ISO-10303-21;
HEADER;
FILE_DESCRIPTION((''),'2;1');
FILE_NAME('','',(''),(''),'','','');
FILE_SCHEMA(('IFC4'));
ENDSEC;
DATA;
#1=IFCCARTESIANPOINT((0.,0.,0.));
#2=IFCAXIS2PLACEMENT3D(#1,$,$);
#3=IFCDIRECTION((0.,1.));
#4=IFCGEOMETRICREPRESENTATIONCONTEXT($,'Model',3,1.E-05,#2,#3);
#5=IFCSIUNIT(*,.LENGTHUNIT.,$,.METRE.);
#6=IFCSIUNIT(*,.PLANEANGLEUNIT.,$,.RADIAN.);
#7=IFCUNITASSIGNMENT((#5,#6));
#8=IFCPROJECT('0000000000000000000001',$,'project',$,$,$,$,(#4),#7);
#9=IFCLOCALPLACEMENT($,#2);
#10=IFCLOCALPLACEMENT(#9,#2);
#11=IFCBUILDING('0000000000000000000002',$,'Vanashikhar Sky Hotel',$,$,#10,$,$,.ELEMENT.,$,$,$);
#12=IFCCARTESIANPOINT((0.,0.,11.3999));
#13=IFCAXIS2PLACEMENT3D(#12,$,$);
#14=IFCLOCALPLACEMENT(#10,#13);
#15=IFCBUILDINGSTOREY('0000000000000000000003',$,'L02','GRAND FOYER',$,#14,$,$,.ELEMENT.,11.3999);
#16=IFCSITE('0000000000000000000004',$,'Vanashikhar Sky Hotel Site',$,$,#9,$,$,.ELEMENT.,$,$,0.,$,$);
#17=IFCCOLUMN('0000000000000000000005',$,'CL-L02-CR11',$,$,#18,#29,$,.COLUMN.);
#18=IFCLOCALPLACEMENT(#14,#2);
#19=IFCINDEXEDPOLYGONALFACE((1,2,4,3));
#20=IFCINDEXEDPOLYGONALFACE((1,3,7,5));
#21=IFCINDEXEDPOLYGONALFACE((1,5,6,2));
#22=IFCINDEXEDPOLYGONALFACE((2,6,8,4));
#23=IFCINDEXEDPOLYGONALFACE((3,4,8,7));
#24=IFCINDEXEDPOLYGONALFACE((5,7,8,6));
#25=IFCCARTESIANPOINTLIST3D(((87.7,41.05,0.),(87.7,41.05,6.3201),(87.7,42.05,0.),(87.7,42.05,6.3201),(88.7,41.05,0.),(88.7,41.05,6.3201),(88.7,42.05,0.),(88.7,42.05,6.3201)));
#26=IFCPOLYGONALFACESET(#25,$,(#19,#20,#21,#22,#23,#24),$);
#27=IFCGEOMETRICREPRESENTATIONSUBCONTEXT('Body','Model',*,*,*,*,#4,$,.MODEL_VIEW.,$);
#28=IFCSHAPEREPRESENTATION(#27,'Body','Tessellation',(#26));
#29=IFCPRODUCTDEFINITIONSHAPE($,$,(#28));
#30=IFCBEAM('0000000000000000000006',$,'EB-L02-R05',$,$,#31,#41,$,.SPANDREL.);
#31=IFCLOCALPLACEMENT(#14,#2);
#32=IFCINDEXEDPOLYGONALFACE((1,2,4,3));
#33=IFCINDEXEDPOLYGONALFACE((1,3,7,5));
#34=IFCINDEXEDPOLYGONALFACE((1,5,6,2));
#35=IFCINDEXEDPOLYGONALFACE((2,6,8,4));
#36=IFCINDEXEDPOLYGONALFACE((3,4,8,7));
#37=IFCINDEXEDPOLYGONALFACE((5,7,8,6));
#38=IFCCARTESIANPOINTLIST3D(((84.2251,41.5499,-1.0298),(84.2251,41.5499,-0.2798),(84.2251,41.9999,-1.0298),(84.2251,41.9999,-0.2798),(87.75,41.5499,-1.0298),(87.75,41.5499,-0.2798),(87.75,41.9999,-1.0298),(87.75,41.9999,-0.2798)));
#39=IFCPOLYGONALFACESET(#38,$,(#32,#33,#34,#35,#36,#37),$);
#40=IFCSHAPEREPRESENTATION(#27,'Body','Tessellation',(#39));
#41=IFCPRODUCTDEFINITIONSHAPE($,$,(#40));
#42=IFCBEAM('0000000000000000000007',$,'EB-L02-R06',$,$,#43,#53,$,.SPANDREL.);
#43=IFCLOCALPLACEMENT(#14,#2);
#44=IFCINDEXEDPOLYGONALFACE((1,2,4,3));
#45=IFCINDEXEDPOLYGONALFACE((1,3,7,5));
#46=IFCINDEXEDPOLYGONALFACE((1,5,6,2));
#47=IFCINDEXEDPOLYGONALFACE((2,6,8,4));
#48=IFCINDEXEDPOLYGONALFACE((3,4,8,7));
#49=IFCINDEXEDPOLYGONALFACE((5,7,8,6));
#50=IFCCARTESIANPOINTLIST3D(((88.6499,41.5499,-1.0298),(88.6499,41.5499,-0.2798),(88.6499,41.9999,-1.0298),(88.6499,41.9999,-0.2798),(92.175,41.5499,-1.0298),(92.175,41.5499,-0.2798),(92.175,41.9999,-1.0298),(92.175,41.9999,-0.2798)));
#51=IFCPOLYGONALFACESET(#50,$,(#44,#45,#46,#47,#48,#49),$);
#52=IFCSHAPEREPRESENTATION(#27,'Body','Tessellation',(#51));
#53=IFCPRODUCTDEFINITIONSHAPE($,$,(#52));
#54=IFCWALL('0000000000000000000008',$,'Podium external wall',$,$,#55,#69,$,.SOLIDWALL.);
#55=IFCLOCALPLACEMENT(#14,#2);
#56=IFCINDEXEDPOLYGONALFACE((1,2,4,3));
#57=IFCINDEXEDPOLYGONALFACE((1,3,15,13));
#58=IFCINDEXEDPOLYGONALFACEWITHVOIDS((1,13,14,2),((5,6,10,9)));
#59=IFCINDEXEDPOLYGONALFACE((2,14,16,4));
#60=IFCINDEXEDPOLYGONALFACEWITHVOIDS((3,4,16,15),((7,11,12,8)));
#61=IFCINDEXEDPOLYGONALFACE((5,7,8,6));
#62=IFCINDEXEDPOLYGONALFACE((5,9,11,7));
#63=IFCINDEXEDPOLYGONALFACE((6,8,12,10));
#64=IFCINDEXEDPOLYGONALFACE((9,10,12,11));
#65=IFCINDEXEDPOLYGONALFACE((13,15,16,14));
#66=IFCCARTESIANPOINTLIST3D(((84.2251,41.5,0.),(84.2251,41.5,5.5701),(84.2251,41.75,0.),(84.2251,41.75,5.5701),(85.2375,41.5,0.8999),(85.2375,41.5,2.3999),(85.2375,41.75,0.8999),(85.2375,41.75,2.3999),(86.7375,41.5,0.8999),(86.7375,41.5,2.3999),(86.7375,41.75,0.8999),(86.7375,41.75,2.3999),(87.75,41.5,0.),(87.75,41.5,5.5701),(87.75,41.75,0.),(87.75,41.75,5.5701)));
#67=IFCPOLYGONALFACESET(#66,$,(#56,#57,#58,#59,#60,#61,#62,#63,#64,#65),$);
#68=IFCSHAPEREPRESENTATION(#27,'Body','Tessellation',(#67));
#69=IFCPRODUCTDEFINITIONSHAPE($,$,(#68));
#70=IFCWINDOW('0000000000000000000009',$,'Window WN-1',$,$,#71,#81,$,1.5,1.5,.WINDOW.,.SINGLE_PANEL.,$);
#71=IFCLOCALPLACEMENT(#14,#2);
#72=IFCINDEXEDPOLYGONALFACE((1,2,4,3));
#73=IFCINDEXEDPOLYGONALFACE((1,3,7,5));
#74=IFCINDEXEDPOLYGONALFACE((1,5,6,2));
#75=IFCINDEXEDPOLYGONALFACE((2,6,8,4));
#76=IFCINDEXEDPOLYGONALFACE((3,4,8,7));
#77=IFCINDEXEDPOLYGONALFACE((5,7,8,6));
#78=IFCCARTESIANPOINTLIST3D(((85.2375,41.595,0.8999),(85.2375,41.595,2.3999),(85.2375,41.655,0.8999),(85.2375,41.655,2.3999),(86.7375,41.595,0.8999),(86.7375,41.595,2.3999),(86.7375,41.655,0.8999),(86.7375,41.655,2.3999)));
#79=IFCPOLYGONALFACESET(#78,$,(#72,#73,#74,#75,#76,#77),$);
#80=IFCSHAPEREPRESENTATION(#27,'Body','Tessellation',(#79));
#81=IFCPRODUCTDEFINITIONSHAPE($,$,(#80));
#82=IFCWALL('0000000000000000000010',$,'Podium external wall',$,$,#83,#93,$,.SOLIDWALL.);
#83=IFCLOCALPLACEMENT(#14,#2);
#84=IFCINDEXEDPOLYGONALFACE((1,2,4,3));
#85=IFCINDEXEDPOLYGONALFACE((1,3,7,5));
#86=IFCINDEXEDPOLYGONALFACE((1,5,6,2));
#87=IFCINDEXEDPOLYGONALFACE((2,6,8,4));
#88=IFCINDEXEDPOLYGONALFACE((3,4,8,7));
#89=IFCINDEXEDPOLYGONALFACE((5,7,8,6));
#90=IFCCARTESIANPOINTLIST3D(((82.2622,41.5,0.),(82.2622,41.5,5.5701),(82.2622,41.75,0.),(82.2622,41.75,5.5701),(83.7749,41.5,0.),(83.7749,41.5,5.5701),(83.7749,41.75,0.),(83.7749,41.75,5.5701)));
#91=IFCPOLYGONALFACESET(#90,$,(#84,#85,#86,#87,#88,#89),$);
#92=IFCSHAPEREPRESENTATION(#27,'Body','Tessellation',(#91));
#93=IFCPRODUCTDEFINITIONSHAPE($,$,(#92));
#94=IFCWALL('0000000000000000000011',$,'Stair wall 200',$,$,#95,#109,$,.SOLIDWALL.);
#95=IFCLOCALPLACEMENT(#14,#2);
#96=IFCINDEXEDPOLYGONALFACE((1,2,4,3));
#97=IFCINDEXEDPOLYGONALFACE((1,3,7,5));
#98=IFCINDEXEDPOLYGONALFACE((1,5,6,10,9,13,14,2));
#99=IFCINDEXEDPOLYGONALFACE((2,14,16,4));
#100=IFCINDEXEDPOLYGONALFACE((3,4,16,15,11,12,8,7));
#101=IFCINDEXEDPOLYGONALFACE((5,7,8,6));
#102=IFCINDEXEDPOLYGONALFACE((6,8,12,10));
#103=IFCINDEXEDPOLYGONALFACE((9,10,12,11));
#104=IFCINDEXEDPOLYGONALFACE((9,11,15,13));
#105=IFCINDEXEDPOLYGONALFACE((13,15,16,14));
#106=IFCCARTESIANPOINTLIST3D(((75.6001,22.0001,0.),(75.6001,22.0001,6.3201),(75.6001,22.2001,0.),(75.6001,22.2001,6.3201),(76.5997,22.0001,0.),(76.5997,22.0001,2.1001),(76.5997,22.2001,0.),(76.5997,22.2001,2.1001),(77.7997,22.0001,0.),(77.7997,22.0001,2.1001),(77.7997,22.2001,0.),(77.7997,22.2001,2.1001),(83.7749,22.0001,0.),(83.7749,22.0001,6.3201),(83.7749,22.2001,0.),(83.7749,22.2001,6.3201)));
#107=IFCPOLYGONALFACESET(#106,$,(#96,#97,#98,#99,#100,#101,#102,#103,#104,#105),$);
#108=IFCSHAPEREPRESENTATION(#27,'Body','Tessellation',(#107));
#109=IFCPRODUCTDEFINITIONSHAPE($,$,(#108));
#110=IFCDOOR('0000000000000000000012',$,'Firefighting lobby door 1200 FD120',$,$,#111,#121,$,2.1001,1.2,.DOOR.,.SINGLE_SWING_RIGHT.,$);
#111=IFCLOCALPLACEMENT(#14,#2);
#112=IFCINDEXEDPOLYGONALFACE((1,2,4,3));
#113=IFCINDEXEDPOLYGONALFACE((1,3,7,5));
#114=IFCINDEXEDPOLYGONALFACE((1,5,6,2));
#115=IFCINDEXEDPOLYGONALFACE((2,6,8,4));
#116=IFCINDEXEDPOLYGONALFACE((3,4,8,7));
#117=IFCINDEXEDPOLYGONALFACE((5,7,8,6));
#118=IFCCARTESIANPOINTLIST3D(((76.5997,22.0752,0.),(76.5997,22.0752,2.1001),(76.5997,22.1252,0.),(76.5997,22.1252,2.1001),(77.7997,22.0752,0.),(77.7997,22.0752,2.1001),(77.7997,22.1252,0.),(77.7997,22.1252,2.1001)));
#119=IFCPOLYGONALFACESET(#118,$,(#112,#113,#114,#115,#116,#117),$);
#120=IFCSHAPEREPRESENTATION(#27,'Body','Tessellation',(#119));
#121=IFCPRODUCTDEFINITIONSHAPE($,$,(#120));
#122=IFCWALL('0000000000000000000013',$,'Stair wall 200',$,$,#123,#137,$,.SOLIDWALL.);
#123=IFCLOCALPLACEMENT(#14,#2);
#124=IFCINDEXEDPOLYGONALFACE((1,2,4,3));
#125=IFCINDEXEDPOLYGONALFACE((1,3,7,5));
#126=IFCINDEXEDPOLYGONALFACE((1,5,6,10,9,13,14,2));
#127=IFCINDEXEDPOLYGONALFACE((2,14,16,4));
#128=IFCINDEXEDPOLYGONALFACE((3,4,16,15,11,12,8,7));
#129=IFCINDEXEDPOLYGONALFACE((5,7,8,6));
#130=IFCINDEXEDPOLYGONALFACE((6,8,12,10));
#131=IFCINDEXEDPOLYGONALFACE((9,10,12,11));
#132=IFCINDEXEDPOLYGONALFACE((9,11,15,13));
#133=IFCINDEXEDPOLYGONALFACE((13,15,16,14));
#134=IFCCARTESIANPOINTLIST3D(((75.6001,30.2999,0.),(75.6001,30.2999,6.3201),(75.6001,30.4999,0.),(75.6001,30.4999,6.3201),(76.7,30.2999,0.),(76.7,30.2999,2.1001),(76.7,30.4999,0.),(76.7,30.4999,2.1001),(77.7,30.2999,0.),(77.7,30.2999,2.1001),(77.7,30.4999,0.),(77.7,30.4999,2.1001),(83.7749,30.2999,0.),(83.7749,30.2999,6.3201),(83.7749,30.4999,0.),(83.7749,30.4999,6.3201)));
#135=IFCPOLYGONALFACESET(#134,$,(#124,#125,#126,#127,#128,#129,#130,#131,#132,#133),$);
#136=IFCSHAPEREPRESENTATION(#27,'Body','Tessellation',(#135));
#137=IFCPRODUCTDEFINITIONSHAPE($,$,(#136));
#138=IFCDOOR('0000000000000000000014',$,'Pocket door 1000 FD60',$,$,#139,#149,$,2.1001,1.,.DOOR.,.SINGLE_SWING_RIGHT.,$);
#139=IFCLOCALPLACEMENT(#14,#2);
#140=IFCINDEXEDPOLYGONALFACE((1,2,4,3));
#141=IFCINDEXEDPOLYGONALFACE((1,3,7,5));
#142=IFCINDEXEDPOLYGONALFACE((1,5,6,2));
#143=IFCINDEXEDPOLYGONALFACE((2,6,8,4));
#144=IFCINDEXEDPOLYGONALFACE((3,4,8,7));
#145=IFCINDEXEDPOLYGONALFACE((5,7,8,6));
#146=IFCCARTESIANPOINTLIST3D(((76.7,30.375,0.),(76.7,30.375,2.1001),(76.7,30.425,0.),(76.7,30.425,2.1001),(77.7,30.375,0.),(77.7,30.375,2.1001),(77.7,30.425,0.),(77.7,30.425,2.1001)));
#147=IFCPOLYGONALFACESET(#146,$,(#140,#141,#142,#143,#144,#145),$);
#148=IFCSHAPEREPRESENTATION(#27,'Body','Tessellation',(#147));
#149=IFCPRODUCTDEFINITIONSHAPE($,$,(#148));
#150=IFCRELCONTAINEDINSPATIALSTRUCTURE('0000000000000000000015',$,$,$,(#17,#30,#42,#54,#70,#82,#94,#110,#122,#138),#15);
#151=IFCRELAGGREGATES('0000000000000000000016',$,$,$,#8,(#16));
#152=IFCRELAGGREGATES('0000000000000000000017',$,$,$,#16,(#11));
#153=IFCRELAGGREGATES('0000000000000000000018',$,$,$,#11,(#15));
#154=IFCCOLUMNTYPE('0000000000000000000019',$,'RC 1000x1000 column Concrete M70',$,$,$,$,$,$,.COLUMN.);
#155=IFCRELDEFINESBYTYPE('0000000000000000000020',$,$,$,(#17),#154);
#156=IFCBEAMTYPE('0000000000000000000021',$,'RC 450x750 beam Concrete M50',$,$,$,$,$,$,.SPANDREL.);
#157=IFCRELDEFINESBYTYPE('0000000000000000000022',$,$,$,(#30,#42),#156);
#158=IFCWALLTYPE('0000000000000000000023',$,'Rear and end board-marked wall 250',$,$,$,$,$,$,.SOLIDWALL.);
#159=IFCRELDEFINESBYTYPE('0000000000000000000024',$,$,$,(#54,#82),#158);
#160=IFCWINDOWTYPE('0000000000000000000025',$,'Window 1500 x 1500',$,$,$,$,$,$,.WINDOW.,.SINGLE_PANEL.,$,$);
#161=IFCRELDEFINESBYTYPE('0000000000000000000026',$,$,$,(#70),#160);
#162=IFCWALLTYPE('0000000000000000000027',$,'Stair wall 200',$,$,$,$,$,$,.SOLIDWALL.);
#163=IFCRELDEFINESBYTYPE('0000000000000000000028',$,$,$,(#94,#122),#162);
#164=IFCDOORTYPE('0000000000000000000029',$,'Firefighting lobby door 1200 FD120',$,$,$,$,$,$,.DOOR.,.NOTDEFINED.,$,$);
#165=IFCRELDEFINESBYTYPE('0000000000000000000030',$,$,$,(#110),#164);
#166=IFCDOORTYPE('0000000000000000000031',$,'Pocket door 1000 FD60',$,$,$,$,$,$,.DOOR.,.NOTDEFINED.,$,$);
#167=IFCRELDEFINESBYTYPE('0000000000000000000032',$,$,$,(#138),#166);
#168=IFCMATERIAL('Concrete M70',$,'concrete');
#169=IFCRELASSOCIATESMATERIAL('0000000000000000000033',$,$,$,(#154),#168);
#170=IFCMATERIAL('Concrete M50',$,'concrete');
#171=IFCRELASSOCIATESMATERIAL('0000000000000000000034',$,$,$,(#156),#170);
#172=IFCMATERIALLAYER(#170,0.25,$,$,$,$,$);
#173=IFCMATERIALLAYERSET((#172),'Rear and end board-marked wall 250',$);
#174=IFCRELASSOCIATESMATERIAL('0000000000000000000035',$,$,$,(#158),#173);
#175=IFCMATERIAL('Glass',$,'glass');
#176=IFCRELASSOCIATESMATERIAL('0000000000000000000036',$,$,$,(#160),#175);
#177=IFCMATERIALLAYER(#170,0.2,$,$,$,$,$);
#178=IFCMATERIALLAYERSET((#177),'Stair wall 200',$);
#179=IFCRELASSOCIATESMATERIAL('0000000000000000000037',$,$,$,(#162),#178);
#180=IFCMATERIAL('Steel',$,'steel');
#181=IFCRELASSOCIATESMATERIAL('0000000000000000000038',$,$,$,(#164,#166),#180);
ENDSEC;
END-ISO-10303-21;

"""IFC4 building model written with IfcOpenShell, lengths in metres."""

from ifc_helpers import new_model, si_unit, direction, frame, frame_2d, origin, origin_2d, place, context, subcontext, project, spatial, rectangle, extrude, source, transform, mapped, material, layer, layer_set, material_profile, profile_set, type_object, element, fill, save


model = new_model("IFC4")

# Units and contexts
model_context = context("Model", 3, precision=1e-05, world=origin(), true_north=direction((0.0, 1.0)))
body_context = subcontext(model_context, "Body", "Model", "MODEL_VIEW")
ifc_project = project(units=[si_unit("LENGTHUNIT", "METRE"), si_unit("PLANEANGLEUNIT", "RADIAN")], contexts=[model_context])

# Site, building, storey
site_placement = place(None, origin())
site = spatial("IfcSite", under=ifc_project, at=site_placement, Name="Vanashikhar Sky Hotel Site", CompositionType="ELEMENT", RefElevation=0.0)
building_placement = place(site_placement, origin())
building = spatial("IfcBuilding", under=site, at=building_placement, Name="Vanashikhar Sky Hotel", CompositionType="ELEMENT")
storey_placement = place(building_placement, frame((0.0, 0.0, 11.3999)))
storey = spatial("IfcBuildingStorey", under=building, at=storey_placement, Name="L02", Description="GRAND FOYER", CompositionType="ELEMENT", Elevation=11.3999)

# Column
ifc_material_1 = material(Name="Concrete M70", Category="concrete")
ifc_material_profile_1 = material_profile(ifc_material_1, rectangle(XDim=1.0, YDim=1.0, at=origin_2d()))
ifc_profile_set_1 = profile_set([ifc_material_profile_1], Name="RC 1000x1000 column Concrete M70")
column_type = type_object("IfcColumnType", Name="RC 1000x1000 column Concrete M70", PredefinedType="COLUMN", material=ifc_profile_set_1)
shared_shape_1 = source(origin(), body_context, "Body", "SweptSolid", [
    extrude(rectangle(XDim=1.0, YDim=1.0, at=origin_2d()), origin(), (0.0, 0.0, 1.0), 6.3201),
])
column_placement = place(storey_placement, frame((88.2, 41.55, 0.0), z_axis=(0.0, 0.0, 1.0), x_axis=(1.0, 0.0, 0.0)))
element("IfcColumn", 1, at=column_placement, inside=storey, type_object=column_type, Name="CL-L02-CR11", PredefinedType="COLUMN", context=body_context, shape_type="MappedRepresentation", body=[
    mapped(shared_shape_1, transform((0.0, 0.0, 0.0), scale=1.0)),
])

# Beams
ifc_material_2 = material(Name="Concrete M50", Category="concrete")
ifc_material_profile_2 = material_profile(ifc_material_2, rectangle(XDim=0.45, YDim=0.75, at=origin_2d()))
ifc_profile_set_2 = profile_set([ifc_material_profile_2], Name="RC 450x750 beam Concrete M50")
beam_type = type_object("IfcBeamType", Name="RC 450x750 beam Concrete M50", PredefinedType="SPANDREL", material=ifc_profile_set_2)
shared_shape_2 = source(origin(), body_context, "Body", "SweptSolid", [
    extrude(rectangle(XDim=0.45, YDim=0.75, at=origin_2d()), origin(), (0.0, 0.0, 1.0), 3.5249),
])
beam_1_placement = place(storey_placement, frame((84.2251, 41.7749, -0.6548), z_axis=(1.0, 0.0, 0.0), x_axis=(0.0, 1.0, 0.0)))
element("IfcBeam", 2, at=beam_1_placement, inside=storey, type_object=beam_type, Name="EB-L02-R05", PredefinedType="SPANDREL", context=body_context, shape_type="MappedRepresentation", body=[
    mapped(shared_shape_2, transform((0.0, 0.0, 0.0), scale=1.0)),
])
shared_shape_3 = source(origin(), body_context, "Body", "SweptSolid", [
    extrude(rectangle(XDim=0.45, YDim=0.75, at=origin_2d()), origin(), (0.0, 0.0, 1.0), 3.5251),
])
beam_2_placement = place(storey_placement, frame((88.6499, 41.7749, -0.6548), z_axis=(1.0, 0.0, 0.0), x_axis=(0.0, 1.0, 0.0)))
element("IfcBeam", 3, at=beam_2_placement, inside=storey, type_object=beam_type, Name="EB-L02-R06", PredefinedType="SPANDREL", context=body_context, shape_type="MappedRepresentation", body=[
    mapped(shared_shape_3, transform((0.0, 0.0, 0.0), scale=1.0)),
])

# Wall, opening, window
ifc_layer_1 = layer(ifc_material_2, 0.25)
ifc_layer_set_1 = layer_set([ifc_layer_1], Name="Rear and end board-marked wall 250")
wall_type_1 = type_object("IfcWallType", Name="Rear and end board-marked wall 250", PredefinedType="SOLIDWALL", material=ifc_layer_set_1)
shared_shape_4 = source(origin(), body_context, "Body", "SweptSolid", [
    extrude(rectangle(XDim=3.5249, YDim=0.25, at=frame_2d((1.7625, 0.0))), origin(), (0.0, 0.0, 1.0), 5.5701),
])
wall_1_placement = place(storey_placement, frame((87.75, 41.625, 0.0), z_axis=(0.0, 0.0, 1.0), x_axis=(-1.0, 0.0, 0.0)))
wall_1 = element("IfcWall", 4, at=wall_1_placement, inside=storey, type_object=wall_type_1, Name="Podium external wall", PredefinedType="SOLIDWALL", context=body_context, shape_type="MappedRepresentation", body=[
    mapped(shared_shape_4, transform((0.0, 0.0, 0.0), scale=1.0)),
])
shared_shape_5 = source(origin(), body_context, "Body", "SweptSolid", [
    extrude(rectangle(XDim=1.5, YDim=1.5, at=frame_2d((0.75, 0.75))), frame((0.0, 0.135, 0.0), z_axis=(0.0, -1.0, 0.0), x_axis=(1.0, 0.0, 0.0)), (0.0, 0.0, 1.0), 0.27),
])
opening_1_placement = place(wall_1_placement, frame((1.0125, 0.0, 0.8999)))
opening_1 = element("IfcOpeningElement", 5, at=opening_1_placement, cuts=wall_1, PredefinedType="OPENING", context=body_context, shape_type="MappedRepresentation", body=[
    mapped(shared_shape_5, transform((0.0, 0.0, 0.0), scale=1.0)),
])
ifc_material_3 = material(Name="Glass", Category="glass")
window_type = type_object("IfcWindowType", Name="Window 1500 x 1500", PartitioningType="SINGLE_PANEL", PredefinedType="WINDOW", material=ifc_material_3)
shared_shape_6 = source(origin(), body_context, "Body", "SweptSolid", [
    extrude(rectangle(XDim=1.5, YDim=1.5, at=frame_2d((0.75, 0.75))), frame((0.0, 0.03, 0.0), z_axis=(0.0, -1.0, 0.0), x_axis=(1.0, 0.0, 0.0)), (0.0, 0.0, 1.0), 0.0601),
])
window_placement = place(opening_1_placement, origin())
window = element("IfcWindow", 6, at=window_placement, inside=storey, type_object=window_type, Name="Window WN-1", OverallHeight=1.5, OverallWidth=1.5, PartitioningType="SINGLE_PANEL", PredefinedType="WINDOW", context=body_context, shape_type="MappedRepresentation", body=[
    mapped(shared_shape_6, transform((0.0, 0.0, 0.0), scale=1.0)),
])
fill(opening_1, window)

# Wall
shared_shape_7 = source(origin(), body_context, "Body", "SweptSolid", [
    extrude(rectangle(XDim=1.5127, YDim=0.25, at=frame_2d((0.7563, 0.0))), origin(), (0.0, 0.0, 1.0), 5.5701),
])
wall_2_placement = place(storey_placement, frame((83.7749, 41.625, 0.0), z_axis=(0.0, 0.0, 1.0), x_axis=(-1.0, 0.0, 0.0)))
element("IfcWall", 7, at=wall_2_placement, inside=storey, type_object=wall_type_1, Name="Podium external wall", PredefinedType="SOLIDWALL", context=body_context, shape_type="MappedRepresentation", body=[
    mapped(shared_shape_7, transform((0.0, 0.0, 0.0), scale=1.0)),
])

# Walls, openings, doors
ifc_layer_2 = layer(ifc_material_2, 0.2)
ifc_layer_set_2 = layer_set([ifc_layer_2], Name="Stair wall 200")
wall_type_2 = type_object("IfcWallType", Name="Stair wall 200", PredefinedType="SOLIDWALL", material=ifc_layer_set_2)
shared_shape_8 = source(origin(), body_context, "Body", "SweptSolid", [
    extrude(rectangle(XDim=8.1748, YDim=0.2, at=frame_2d((4.0874, 0.0))), origin(), (0.0, 0.0, 1.0), 6.3201),
])
wall_3_placement = place(storey_placement, frame((83.7749, 22.1001, 0.0), z_axis=(0.0, 0.0, 1.0), x_axis=(-1.0, 0.0, 0.0)))
wall_3 = element("IfcWall", 8, at=wall_3_placement, inside=storey, type_object=wall_type_2, Name="Stair wall 200", PredefinedType="SOLIDWALL", context=body_context, shape_type="MappedRepresentation", body=[
    mapped(shared_shape_8, transform((0.0, 0.0, 0.0), scale=1.0)),
])
shared_shape_9 = source(origin(), body_context, "Body", "SweptSolid", [
    extrude(rectangle(XDim=1.2, YDim=2.1001, at=frame_2d((0.6001, 1.05))), frame((0.0, 0.1099, 0.0), z_axis=(0.0, -1.0, 0.0), x_axis=(1.0, 0.0, 0.0)), (0.0, 0.0, 1.0), 0.22),
])
opening_2_placement = place(wall_3_placement, frame((5.9751, 0.0, 0.0)))
opening_2 = element("IfcOpeningElement", 9, at=opening_2_placement, cuts=wall_3, PredefinedType="OPENING", context=body_context, shape_type="MappedRepresentation", body=[
    mapped(shared_shape_9, transform((0.0, 0.0, 0.0), scale=1.0)),
])
ifc_material_4 = material(Name="Steel", Category="steel")
door_type_1 = type_object("IfcDoorType", Name="Firefighting lobby door 1200 FD120", OperationType="NOTDEFINED", PredefinedType="DOOR", material=ifc_material_4)
shared_shape_10 = source(origin(), body_context, "Body", "SweptSolid", [
    extrude(rectangle(XDim=1.2, YDim=2.1001, at=frame_2d((0.6001, 1.05))), frame((0.0, 0.0249, 0.0), z_axis=(0.0, -1.0, 0.0), x_axis=(1.0, 0.0, 0.0)), (0.0, 0.0, 1.0), 0.05),
])
door_1_placement = place(opening_2_placement, origin())
door_1 = element("IfcDoor", 10, at=door_1_placement, inside=storey, type_object=door_type_1, Name="Firefighting lobby door 1200 FD120", OperationType="SINGLE_SWING_RIGHT", OverallHeight=2.1001, OverallWidth=1.2, PredefinedType="DOOR", context=body_context, shape_type="MappedRepresentation", body=[
    mapped(shared_shape_10, transform((0.0, 0.0, 0.0), scale=1.0)),
])
fill(opening_2, door_1)
wall_4_placement = place(storey_placement, frame((83.7749, 30.3999, 0.0), z_axis=(0.0, 0.0, 1.0), x_axis=(-1.0, 0.0, 0.0)))
wall_4 = element("IfcWall", 11, at=wall_4_placement, inside=storey, type_object=wall_type_2, Name="Stair wall 200", PredefinedType="SOLIDWALL", context=body_context, shape_type="MappedRepresentation", body=[
    mapped(shared_shape_8, transform((0.0, 0.0, 0.0), scale=1.0)),
])
shared_shape_11 = source(origin(), body_context, "Body", "SweptSolid", [
    extrude(rectangle(XDim=1.0, YDim=2.1001, at=frame_2d((0.5, 1.05))), frame((0.0, 0.1099, 0.0), z_axis=(0.0, -1.0, 0.0), x_axis=(1.0, 0.0, 0.0)), (0.0, 0.0, 1.0), 0.22),
])
opening_3_placement = place(wall_4_placement, frame((6.075, 0.0, 0.0)))
opening_3 = element("IfcOpeningElement", 12, at=opening_3_placement, cuts=wall_4, PredefinedType="OPENING", context=body_context, shape_type="MappedRepresentation", body=[
    mapped(shared_shape_11, transform((0.0, 0.0, 0.0), scale=1.0)),
])
door_type_2 = type_object("IfcDoorType", Name="Pocket door 1000 FD60", OperationType="NOTDEFINED", PredefinedType="DOOR", material=ifc_material_4)
shared_shape_12 = source(origin(), body_context, "Body", "SweptSolid", [
    extrude(rectangle(XDim=1.0, YDim=2.1001, at=frame_2d((0.5, 1.05))), frame((0.0, 0.0249, 0.0), z_axis=(0.0, -1.0, 0.0), x_axis=(1.0, 0.0, 0.0)), (0.0, 0.0, 1.0), 0.05),
])
door_2_placement = place(opening_3_placement, origin())
door_2 = element("IfcDoor", 13, at=door_2_placement, inside=storey, type_object=door_type_2, Name="Pocket door 1000 FD60", OperationType="SINGLE_SWING_RIGHT", OverallHeight=2.1001, OverallWidth=1.0, PredefinedType="DOOR", context=body_context, shape_type="MappedRepresentation", body=[
    mapped(shared_shape_12, transform((0.0, 0.0, 0.0), scale=1.0)),
])
fill(opening_3, door_2)

save(model, "model.ifc")
